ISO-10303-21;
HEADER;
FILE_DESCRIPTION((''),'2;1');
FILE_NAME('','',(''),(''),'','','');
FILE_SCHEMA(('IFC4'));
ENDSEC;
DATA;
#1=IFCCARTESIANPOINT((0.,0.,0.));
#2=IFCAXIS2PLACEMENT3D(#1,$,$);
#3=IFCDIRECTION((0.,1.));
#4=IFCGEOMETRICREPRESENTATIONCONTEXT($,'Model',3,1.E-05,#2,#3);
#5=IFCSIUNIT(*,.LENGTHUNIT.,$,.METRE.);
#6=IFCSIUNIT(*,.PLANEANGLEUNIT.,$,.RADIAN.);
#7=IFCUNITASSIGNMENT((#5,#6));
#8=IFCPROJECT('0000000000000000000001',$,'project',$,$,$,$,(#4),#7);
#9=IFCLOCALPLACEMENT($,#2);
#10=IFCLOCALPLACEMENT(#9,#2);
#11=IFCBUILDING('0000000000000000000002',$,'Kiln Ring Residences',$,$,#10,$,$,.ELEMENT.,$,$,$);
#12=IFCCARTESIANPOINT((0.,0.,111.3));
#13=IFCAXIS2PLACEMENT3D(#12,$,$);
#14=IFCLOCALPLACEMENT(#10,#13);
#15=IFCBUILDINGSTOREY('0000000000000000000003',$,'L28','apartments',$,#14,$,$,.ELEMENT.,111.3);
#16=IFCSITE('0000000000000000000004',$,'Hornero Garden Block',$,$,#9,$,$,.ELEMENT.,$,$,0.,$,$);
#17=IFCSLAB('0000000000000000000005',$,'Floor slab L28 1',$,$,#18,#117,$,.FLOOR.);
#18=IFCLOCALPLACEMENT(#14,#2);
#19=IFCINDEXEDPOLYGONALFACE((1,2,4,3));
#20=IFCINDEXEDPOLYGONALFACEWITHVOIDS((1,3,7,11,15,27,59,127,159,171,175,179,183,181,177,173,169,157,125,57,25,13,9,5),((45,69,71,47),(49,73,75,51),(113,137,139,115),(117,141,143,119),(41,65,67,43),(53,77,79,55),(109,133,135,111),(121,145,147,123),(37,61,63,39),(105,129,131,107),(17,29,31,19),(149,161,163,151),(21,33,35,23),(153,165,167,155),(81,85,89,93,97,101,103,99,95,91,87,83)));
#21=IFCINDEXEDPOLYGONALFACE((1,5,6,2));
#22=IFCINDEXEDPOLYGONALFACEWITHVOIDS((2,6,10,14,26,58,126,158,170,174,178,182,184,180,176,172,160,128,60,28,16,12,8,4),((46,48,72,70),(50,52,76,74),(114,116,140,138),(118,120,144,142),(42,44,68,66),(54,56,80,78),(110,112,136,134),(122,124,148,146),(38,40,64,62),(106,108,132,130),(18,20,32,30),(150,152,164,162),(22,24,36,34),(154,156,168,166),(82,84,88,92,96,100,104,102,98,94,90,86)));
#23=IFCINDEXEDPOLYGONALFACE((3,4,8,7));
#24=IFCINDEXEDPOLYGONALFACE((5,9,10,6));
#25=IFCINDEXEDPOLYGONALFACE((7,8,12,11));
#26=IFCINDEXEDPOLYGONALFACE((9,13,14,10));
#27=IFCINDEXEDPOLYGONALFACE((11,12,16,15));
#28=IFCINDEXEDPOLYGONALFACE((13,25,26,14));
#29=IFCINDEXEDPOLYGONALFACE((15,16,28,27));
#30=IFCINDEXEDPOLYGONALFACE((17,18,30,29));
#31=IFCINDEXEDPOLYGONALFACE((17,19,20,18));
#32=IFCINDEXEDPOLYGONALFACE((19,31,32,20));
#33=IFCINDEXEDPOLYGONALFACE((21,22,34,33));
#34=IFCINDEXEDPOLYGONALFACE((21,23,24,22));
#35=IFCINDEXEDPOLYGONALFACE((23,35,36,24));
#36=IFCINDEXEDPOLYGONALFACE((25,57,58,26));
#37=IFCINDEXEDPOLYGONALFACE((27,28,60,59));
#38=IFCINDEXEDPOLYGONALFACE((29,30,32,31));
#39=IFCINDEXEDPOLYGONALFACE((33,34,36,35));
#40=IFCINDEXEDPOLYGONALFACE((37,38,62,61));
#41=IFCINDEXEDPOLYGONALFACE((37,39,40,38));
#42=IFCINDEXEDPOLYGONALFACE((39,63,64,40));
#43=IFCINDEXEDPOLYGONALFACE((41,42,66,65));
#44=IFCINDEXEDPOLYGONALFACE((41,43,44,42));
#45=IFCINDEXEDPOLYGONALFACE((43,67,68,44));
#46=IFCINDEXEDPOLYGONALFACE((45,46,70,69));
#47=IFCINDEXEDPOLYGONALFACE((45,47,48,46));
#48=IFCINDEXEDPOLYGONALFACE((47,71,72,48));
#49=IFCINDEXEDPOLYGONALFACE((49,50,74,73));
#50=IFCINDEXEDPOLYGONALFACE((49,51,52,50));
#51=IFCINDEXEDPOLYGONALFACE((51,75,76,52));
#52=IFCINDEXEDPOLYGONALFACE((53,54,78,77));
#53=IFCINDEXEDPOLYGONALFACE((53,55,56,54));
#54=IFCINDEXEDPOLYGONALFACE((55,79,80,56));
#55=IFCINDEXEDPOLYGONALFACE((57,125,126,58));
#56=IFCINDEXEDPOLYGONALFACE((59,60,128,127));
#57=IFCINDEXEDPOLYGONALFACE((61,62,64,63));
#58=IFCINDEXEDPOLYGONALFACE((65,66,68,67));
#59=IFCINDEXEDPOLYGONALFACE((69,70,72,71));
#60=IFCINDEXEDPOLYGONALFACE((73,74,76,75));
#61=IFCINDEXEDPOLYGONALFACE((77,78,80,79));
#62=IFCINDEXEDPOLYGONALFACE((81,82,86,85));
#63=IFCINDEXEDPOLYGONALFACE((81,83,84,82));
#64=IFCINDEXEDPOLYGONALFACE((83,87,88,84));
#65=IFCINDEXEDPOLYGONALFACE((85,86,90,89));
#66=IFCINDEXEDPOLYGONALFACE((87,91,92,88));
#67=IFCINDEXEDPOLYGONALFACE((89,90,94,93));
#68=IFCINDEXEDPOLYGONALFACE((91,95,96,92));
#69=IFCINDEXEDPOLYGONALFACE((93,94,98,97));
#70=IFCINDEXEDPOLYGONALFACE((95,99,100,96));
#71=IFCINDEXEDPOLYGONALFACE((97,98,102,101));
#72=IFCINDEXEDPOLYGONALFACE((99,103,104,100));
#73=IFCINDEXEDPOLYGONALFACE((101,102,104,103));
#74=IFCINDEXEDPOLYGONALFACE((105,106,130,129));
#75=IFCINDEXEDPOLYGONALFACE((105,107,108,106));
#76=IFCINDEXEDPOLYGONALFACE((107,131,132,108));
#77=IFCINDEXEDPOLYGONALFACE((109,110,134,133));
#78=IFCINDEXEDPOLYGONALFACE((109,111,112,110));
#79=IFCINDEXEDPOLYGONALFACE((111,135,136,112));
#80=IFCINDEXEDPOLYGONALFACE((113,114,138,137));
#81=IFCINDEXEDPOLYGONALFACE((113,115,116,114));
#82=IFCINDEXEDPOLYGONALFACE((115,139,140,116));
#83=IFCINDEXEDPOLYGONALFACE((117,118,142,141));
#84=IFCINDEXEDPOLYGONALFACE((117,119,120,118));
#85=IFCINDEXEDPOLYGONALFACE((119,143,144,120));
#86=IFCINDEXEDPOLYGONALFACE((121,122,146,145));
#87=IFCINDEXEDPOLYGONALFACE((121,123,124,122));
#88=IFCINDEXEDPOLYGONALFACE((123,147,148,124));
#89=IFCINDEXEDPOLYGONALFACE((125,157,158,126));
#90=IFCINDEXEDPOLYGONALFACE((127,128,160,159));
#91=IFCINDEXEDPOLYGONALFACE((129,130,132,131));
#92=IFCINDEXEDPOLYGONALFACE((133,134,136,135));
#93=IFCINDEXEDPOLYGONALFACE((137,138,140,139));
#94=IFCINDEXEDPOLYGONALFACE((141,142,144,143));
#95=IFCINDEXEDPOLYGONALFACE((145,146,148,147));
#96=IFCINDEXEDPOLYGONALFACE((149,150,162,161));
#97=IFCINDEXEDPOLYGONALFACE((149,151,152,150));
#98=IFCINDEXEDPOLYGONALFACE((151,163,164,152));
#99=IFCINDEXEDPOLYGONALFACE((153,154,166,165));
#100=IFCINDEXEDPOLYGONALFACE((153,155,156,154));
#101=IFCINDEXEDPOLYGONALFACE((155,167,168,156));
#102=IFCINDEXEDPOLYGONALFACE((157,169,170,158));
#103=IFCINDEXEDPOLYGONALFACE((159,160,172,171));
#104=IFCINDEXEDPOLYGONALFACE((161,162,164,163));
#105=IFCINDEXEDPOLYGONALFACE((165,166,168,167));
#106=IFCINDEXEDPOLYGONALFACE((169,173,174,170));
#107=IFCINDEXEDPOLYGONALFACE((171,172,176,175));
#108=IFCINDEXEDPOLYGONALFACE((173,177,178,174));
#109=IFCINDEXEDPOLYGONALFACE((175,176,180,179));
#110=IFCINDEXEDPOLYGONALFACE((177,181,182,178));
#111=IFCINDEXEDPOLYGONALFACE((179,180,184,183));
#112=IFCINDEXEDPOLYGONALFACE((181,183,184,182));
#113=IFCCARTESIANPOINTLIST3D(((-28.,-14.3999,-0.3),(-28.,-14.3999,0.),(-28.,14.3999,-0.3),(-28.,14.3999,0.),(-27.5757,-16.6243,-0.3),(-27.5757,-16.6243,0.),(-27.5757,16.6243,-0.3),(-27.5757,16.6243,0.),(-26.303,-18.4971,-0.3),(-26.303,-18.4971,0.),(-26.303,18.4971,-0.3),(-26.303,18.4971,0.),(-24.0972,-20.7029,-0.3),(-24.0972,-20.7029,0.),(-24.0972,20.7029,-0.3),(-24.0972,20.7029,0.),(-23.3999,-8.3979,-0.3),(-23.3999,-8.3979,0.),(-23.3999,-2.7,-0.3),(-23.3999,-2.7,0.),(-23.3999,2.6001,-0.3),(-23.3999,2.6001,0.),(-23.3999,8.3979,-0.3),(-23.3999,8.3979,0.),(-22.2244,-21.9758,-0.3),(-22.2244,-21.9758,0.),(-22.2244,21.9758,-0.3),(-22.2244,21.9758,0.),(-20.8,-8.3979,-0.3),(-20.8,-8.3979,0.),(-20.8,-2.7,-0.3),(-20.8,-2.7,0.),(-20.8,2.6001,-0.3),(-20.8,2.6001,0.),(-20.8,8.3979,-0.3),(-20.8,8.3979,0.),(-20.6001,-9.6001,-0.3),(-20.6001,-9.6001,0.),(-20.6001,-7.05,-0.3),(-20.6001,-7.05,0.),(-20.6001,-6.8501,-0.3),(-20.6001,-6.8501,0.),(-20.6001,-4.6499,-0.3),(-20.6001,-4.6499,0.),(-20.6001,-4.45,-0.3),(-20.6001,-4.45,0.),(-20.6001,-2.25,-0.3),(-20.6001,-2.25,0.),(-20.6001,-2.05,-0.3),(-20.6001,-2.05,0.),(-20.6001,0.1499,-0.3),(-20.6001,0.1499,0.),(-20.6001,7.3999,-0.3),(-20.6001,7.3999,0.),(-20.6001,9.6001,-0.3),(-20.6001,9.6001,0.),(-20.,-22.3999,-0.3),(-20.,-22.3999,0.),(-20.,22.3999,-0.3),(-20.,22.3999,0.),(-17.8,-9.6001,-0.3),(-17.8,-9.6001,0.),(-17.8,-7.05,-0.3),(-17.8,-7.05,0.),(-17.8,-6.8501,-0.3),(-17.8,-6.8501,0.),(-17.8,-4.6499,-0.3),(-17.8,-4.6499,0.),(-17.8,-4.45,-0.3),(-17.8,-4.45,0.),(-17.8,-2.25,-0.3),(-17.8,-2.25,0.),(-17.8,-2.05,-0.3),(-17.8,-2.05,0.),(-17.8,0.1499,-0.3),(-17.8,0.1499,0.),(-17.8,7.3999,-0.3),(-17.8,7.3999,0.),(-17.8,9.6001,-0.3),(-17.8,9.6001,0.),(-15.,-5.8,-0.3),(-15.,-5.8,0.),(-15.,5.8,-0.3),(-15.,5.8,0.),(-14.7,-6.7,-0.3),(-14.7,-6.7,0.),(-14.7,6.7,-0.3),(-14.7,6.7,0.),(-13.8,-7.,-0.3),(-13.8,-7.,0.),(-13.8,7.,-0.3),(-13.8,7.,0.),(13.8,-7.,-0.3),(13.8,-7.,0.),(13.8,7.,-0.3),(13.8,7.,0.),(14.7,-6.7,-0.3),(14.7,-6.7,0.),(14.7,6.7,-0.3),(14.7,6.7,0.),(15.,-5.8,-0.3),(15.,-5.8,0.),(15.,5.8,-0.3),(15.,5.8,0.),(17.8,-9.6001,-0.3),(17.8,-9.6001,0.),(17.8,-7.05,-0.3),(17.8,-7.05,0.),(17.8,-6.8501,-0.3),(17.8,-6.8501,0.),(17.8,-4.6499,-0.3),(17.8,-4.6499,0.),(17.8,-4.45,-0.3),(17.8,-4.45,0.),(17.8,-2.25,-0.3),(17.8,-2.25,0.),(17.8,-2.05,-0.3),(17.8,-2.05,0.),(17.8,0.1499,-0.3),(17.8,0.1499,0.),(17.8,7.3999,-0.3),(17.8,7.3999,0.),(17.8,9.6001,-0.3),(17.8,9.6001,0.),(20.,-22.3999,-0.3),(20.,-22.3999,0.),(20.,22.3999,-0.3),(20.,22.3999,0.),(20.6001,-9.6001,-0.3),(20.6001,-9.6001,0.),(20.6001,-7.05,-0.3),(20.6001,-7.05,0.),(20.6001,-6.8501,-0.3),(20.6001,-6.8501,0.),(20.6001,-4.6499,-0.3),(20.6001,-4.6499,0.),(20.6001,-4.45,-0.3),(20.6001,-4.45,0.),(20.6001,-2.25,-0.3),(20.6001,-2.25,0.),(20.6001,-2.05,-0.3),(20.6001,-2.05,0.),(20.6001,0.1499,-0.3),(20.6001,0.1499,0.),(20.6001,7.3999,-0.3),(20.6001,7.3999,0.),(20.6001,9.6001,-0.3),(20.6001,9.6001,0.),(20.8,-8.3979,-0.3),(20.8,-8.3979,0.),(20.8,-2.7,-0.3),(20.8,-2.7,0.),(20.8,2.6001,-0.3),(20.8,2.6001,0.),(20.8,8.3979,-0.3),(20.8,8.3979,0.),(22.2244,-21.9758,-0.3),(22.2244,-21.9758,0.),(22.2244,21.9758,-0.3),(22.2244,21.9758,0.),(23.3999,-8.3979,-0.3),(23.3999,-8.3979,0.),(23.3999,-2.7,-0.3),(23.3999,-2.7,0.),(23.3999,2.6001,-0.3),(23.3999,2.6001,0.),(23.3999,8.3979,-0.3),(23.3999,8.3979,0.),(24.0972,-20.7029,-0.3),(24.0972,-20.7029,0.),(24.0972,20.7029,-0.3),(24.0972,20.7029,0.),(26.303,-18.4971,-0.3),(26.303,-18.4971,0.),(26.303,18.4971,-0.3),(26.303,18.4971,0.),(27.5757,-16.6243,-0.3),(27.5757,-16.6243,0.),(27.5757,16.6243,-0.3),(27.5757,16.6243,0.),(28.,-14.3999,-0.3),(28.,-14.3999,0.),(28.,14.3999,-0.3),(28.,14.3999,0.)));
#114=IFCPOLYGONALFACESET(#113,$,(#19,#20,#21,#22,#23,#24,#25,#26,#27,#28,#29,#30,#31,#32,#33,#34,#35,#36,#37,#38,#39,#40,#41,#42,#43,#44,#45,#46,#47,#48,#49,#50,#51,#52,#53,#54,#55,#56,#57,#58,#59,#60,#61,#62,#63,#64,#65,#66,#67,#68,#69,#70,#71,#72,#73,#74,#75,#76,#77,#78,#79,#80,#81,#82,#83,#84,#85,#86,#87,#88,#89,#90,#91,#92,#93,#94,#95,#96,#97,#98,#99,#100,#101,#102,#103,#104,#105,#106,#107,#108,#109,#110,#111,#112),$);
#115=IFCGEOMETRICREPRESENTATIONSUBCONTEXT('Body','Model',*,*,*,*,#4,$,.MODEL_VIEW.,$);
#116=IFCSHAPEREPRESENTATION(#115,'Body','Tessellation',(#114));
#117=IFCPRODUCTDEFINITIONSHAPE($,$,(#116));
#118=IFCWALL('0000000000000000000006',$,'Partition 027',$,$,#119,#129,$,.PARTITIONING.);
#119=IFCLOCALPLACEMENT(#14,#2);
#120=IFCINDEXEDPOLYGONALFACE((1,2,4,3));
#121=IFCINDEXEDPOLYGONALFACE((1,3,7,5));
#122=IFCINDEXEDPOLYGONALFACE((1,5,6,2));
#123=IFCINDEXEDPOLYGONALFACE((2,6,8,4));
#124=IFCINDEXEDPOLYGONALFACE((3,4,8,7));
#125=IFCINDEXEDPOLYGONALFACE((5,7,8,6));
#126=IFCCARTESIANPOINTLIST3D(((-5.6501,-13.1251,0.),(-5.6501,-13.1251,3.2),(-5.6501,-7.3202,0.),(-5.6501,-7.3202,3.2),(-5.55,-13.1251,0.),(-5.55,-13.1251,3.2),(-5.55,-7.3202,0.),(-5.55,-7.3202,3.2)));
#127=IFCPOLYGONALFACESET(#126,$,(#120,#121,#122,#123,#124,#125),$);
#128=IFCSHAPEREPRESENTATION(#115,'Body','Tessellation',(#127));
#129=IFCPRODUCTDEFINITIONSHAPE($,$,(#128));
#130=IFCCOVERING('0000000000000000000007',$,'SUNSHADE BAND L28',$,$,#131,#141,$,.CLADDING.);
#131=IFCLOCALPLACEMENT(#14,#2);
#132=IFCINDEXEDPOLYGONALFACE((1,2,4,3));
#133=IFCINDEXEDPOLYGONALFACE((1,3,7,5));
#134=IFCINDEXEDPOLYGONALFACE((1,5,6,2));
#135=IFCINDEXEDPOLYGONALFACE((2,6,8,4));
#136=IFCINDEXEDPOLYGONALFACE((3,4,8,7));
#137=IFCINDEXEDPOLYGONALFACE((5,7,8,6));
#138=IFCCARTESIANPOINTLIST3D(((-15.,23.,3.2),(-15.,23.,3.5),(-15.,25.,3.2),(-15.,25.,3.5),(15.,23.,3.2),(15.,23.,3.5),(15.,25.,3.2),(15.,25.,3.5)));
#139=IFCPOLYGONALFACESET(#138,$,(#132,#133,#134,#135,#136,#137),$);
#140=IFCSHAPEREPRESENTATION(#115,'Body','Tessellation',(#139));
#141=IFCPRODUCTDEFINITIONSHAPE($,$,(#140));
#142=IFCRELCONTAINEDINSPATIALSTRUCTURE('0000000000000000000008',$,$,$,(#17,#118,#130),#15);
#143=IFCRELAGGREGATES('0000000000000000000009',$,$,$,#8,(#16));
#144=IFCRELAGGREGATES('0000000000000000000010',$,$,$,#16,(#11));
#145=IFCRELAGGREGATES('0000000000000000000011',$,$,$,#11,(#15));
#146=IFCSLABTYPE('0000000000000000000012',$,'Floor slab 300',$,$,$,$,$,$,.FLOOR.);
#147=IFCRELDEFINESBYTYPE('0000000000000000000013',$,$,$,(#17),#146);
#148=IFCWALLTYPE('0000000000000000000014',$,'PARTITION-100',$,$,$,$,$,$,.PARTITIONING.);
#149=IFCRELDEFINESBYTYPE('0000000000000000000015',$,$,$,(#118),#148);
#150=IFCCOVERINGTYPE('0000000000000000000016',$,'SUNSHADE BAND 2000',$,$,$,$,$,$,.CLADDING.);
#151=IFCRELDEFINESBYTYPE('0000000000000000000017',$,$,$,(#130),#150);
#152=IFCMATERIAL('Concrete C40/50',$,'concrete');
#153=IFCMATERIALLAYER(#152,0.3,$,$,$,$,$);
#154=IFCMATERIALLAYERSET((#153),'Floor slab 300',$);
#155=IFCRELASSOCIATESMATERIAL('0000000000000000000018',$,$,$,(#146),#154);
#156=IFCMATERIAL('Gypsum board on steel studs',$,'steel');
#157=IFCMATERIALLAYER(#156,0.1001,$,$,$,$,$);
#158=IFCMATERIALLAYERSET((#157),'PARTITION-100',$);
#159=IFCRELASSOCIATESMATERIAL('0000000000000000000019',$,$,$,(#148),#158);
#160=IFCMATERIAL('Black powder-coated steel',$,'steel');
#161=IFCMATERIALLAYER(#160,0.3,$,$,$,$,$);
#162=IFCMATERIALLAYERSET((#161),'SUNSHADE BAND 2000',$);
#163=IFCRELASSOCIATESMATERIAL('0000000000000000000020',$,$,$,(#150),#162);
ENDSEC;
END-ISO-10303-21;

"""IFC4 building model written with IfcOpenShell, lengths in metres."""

from ifc_helpers import new_model, si_unit, direction, frame, frame_2d, origin, place, context, subcontext, project, spatial, polyline, rectangle, outline, extrude, material, layer, layer_set, type_object, element, save


model = new_model("IFC4")

# Units and contexts
model_context = context("Model", 3, precision=1e-05, world=origin(), true_north=direction((0.0, 1.0)))
body_context = subcontext(model_context, "Body", "Model", "MODEL_VIEW")
ifc_project = project(units=[si_unit("LENGTHUNIT", "METRE"), si_unit("PLANEANGLEUNIT", "RADIAN")], contexts=[model_context])

# Site, building, storey
site_placement = place(None, origin())
site = spatial("IfcSite", under=ifc_project, at=site_placement, Name="Hornero Garden Block", CompositionType="ELEMENT", RefElevation=0.0)
building_placement = place(site_placement, origin())
building = spatial("IfcBuilding", under=site, at=building_placement, Name="Kiln Ring Residences", CompositionType="ELEMENT")
storey_placement = place(building_placement, frame((0.0, 0.0, 111.3)))
storey = spatial("IfcBuildingStorey", under=building, at=storey_placement, Name="L28", Description="apartments", CompositionType="ELEMENT", Elevation=111.3)

# Slab
ifc_material_1 = material(Name="Concrete C40/50", Category="concrete")
ifc_layer_1 = layer(ifc_material_1, 0.3)
ifc_layer_set_1 = layer_set([ifc_layer_1], Name="Floor slab 300")
slab_type = type_object("IfcSlabType", Name="Floor slab 300", PredefinedType="FLOOR", material=ifc_layer_set_1)
slab_placement = place(storey_placement, frame((0.0, 0.0, -0.3)))
element("IfcSlab", 1, at=slab_placement, inside=storey, type_object=slab_type, Name="Floor slab L28 1", PredefinedType="FLOOR", context=body_context, shape_type="SweptSolid", body=[
    extrude(outline(polyline([(-26.303, -18.4971), (-24.0972, -20.7029), (-22.2244, -21.9758), (-20.0, -22.3999), (20.0, -22.3999), (22.2244, -21.9758), (24.0972, -20.7029), (26.303, -18.4971), (27.5757, -16.6243), (28.0, -14.3999), (28.0, 14.3999), (27.5757, 16.6243), (26.303, 18.4971), (24.0972, 20.7029), (22.2244, 21.9758), (20.0, 22.3999), (-20.0, 22.3999), (-22.2244, 21.9758), (-24.0972, 20.7029), (-26.303, 18.4971), (-27.5757, 16.6243), (-28.0, 14.3999), (-28.0, -14.3999), (-27.5757, -16.6243), (-26.303, -18.4971)]), holes=[polyline([(-14.7, -6.7), (-15.0, -5.8), (-15.0, 5.8), (-14.7, 6.7), (-13.8, 7.0), (13.8, 7.0), (14.7, 6.7), (15.0, 5.8), (15.0, -5.8), (14.7, -6.7), (13.8, -7.0), (-13.8, -7.0), (-14.7, -6.7)]), polyline([(20.8, -8.3979), (20.8, -2.7), (23.3999, -2.7), (23.3999, -8.3979), (20.8, -8.3979)]), polyline([(20.8, 2.6001), (20.8, 8.3979), (23.3999, 8.3979), (23.3999, 2.6001), (20.8, 2.6001)]), polyline([(17.8, -6.8501), (17.8, -4.6499), (20.6001, -4.6499), (20.6001, -6.8501), (17.8, -6.8501)]), polyline([(17.8, -4.45), (17.8, -2.25), (20.6001, -2.25), (20.6001, -4.45), (17.8, -4.45)]), polyline([(17.8, -2.05), (17.8, 0.1499), (20.6001, 0.1499), (20.6001, -2.05), (17.8, -2.05)]), polyline([(17.8, 7.3999), (17.8, 9.6001), (20.6001, 9.6001), (20.6001, 7.3999), (17.8, 7.3999)]), polyline([(20.6001, -9.6001), (17.8, -9.6001), (17.8, -7.05), (20.6001, -7.05), (20.6001, -9.6001)]), polyline([(-17.8, -7.05), (-17.8, -9.6001), (-20.6001, -9.6001), (-20.6001, -7.05), (-17.8, -7.05)]), polyline([(-17.8, -6.8501), (-20.6001, -6.8501), (-20.6001, -4.6499), (-17.8, -4.6499), (-17.8, -6.8501)]), polyline([(-17.8, -4.45), (-20.6001, -4.45), (-20.6001, -2.25), (-17.8, -2.25), (-17.8, -4.45)]), polyline([(-17.8, -2.05), (-20.6001, -2.05), (-20.6001, 0.1499), (-17.8, 0.1499), (-17.8, -2.05)]), polyline([(-17.8, 7.3999), (-20.6001, 7.3999), (-20.6001, 9.6001), (-17.8, 9.6001), (-17.8, 7.3999)]), polyline([(-20.8, -8.3979), (-23.3999, -8.3979), (-23.3999, -2.7), (-20.8, -2.7), (-20.8, -8.3979)]), polyline([(-20.8, 2.6001), (-23.3999, 2.6001), (-23.3999, 8.3979), (-20.8, 8.3979), (-20.8, 2.6001)])]), origin(), (0.0, 0.0, 1.0), 0.3),
])

# Wall
ifc_material_2 = material(Name="Gypsum board on steel studs", Category="steel")
ifc_layer_2 = layer(ifc_material_2, 0.1001)
ifc_layer_set_2 = layer_set([ifc_layer_2], Name="PARTITION-100")
wall_type = type_object("IfcWallType", Name="PARTITION-100", PredefinedType="PARTITIONING", material=ifc_layer_set_2)
wall_placement = place(storey_placement, frame((-5.6001, -13.125, 0.0), z_axis=(0.0, 0.0, 1.0), x_axis=(0.0, 1.0, 0.0)))
element("IfcWall", 2, at=wall_placement, inside=storey, type_object=wall_type, Name="Partition 027", PredefinedType="PARTITIONING", context=body_context, shape_type="SweptSolid", body=[
    extrude(rectangle(XDim=5.8049, YDim=0.1001, at=frame_2d((2.9023, 0.0))), origin(), (0.0, 0.0, 1.0), 3.2),
])

# Covering
ifc_material_3 = material(Name="Black powder-coated steel", Category="steel")
ifc_layer_3 = layer(ifc_material_3, 0.3)
ifc_layer_set_3 = layer_set([ifc_layer_3], Name="SUNSHADE BAND 2000")
covering_type_1 = type_object("IfcCoveringType", Name="SUNSHADE BAND 2000", PredefinedType="CLADDING", material=ifc_layer_set_3)
placement = place(storey_placement, frame((0.0, 0.0, 3.2)))
element("IfcCovering", 3, at=placement, inside=storey, type_object=covering_type_1, Name="SUNSHADE BAND L28", PredefinedType="CLADDING", context=body_context, shape_type="SweptSolid", body=[
    extrude(outline(polyline([(15.0, 25.0), (-15.0, 25.0), (-15.0, 23.0), (15.0, 23.0), (15.0, 25.0)])), origin(), (0.0, 0.0, 1.0), 0.3),
])

save(model, "model.ifc")
